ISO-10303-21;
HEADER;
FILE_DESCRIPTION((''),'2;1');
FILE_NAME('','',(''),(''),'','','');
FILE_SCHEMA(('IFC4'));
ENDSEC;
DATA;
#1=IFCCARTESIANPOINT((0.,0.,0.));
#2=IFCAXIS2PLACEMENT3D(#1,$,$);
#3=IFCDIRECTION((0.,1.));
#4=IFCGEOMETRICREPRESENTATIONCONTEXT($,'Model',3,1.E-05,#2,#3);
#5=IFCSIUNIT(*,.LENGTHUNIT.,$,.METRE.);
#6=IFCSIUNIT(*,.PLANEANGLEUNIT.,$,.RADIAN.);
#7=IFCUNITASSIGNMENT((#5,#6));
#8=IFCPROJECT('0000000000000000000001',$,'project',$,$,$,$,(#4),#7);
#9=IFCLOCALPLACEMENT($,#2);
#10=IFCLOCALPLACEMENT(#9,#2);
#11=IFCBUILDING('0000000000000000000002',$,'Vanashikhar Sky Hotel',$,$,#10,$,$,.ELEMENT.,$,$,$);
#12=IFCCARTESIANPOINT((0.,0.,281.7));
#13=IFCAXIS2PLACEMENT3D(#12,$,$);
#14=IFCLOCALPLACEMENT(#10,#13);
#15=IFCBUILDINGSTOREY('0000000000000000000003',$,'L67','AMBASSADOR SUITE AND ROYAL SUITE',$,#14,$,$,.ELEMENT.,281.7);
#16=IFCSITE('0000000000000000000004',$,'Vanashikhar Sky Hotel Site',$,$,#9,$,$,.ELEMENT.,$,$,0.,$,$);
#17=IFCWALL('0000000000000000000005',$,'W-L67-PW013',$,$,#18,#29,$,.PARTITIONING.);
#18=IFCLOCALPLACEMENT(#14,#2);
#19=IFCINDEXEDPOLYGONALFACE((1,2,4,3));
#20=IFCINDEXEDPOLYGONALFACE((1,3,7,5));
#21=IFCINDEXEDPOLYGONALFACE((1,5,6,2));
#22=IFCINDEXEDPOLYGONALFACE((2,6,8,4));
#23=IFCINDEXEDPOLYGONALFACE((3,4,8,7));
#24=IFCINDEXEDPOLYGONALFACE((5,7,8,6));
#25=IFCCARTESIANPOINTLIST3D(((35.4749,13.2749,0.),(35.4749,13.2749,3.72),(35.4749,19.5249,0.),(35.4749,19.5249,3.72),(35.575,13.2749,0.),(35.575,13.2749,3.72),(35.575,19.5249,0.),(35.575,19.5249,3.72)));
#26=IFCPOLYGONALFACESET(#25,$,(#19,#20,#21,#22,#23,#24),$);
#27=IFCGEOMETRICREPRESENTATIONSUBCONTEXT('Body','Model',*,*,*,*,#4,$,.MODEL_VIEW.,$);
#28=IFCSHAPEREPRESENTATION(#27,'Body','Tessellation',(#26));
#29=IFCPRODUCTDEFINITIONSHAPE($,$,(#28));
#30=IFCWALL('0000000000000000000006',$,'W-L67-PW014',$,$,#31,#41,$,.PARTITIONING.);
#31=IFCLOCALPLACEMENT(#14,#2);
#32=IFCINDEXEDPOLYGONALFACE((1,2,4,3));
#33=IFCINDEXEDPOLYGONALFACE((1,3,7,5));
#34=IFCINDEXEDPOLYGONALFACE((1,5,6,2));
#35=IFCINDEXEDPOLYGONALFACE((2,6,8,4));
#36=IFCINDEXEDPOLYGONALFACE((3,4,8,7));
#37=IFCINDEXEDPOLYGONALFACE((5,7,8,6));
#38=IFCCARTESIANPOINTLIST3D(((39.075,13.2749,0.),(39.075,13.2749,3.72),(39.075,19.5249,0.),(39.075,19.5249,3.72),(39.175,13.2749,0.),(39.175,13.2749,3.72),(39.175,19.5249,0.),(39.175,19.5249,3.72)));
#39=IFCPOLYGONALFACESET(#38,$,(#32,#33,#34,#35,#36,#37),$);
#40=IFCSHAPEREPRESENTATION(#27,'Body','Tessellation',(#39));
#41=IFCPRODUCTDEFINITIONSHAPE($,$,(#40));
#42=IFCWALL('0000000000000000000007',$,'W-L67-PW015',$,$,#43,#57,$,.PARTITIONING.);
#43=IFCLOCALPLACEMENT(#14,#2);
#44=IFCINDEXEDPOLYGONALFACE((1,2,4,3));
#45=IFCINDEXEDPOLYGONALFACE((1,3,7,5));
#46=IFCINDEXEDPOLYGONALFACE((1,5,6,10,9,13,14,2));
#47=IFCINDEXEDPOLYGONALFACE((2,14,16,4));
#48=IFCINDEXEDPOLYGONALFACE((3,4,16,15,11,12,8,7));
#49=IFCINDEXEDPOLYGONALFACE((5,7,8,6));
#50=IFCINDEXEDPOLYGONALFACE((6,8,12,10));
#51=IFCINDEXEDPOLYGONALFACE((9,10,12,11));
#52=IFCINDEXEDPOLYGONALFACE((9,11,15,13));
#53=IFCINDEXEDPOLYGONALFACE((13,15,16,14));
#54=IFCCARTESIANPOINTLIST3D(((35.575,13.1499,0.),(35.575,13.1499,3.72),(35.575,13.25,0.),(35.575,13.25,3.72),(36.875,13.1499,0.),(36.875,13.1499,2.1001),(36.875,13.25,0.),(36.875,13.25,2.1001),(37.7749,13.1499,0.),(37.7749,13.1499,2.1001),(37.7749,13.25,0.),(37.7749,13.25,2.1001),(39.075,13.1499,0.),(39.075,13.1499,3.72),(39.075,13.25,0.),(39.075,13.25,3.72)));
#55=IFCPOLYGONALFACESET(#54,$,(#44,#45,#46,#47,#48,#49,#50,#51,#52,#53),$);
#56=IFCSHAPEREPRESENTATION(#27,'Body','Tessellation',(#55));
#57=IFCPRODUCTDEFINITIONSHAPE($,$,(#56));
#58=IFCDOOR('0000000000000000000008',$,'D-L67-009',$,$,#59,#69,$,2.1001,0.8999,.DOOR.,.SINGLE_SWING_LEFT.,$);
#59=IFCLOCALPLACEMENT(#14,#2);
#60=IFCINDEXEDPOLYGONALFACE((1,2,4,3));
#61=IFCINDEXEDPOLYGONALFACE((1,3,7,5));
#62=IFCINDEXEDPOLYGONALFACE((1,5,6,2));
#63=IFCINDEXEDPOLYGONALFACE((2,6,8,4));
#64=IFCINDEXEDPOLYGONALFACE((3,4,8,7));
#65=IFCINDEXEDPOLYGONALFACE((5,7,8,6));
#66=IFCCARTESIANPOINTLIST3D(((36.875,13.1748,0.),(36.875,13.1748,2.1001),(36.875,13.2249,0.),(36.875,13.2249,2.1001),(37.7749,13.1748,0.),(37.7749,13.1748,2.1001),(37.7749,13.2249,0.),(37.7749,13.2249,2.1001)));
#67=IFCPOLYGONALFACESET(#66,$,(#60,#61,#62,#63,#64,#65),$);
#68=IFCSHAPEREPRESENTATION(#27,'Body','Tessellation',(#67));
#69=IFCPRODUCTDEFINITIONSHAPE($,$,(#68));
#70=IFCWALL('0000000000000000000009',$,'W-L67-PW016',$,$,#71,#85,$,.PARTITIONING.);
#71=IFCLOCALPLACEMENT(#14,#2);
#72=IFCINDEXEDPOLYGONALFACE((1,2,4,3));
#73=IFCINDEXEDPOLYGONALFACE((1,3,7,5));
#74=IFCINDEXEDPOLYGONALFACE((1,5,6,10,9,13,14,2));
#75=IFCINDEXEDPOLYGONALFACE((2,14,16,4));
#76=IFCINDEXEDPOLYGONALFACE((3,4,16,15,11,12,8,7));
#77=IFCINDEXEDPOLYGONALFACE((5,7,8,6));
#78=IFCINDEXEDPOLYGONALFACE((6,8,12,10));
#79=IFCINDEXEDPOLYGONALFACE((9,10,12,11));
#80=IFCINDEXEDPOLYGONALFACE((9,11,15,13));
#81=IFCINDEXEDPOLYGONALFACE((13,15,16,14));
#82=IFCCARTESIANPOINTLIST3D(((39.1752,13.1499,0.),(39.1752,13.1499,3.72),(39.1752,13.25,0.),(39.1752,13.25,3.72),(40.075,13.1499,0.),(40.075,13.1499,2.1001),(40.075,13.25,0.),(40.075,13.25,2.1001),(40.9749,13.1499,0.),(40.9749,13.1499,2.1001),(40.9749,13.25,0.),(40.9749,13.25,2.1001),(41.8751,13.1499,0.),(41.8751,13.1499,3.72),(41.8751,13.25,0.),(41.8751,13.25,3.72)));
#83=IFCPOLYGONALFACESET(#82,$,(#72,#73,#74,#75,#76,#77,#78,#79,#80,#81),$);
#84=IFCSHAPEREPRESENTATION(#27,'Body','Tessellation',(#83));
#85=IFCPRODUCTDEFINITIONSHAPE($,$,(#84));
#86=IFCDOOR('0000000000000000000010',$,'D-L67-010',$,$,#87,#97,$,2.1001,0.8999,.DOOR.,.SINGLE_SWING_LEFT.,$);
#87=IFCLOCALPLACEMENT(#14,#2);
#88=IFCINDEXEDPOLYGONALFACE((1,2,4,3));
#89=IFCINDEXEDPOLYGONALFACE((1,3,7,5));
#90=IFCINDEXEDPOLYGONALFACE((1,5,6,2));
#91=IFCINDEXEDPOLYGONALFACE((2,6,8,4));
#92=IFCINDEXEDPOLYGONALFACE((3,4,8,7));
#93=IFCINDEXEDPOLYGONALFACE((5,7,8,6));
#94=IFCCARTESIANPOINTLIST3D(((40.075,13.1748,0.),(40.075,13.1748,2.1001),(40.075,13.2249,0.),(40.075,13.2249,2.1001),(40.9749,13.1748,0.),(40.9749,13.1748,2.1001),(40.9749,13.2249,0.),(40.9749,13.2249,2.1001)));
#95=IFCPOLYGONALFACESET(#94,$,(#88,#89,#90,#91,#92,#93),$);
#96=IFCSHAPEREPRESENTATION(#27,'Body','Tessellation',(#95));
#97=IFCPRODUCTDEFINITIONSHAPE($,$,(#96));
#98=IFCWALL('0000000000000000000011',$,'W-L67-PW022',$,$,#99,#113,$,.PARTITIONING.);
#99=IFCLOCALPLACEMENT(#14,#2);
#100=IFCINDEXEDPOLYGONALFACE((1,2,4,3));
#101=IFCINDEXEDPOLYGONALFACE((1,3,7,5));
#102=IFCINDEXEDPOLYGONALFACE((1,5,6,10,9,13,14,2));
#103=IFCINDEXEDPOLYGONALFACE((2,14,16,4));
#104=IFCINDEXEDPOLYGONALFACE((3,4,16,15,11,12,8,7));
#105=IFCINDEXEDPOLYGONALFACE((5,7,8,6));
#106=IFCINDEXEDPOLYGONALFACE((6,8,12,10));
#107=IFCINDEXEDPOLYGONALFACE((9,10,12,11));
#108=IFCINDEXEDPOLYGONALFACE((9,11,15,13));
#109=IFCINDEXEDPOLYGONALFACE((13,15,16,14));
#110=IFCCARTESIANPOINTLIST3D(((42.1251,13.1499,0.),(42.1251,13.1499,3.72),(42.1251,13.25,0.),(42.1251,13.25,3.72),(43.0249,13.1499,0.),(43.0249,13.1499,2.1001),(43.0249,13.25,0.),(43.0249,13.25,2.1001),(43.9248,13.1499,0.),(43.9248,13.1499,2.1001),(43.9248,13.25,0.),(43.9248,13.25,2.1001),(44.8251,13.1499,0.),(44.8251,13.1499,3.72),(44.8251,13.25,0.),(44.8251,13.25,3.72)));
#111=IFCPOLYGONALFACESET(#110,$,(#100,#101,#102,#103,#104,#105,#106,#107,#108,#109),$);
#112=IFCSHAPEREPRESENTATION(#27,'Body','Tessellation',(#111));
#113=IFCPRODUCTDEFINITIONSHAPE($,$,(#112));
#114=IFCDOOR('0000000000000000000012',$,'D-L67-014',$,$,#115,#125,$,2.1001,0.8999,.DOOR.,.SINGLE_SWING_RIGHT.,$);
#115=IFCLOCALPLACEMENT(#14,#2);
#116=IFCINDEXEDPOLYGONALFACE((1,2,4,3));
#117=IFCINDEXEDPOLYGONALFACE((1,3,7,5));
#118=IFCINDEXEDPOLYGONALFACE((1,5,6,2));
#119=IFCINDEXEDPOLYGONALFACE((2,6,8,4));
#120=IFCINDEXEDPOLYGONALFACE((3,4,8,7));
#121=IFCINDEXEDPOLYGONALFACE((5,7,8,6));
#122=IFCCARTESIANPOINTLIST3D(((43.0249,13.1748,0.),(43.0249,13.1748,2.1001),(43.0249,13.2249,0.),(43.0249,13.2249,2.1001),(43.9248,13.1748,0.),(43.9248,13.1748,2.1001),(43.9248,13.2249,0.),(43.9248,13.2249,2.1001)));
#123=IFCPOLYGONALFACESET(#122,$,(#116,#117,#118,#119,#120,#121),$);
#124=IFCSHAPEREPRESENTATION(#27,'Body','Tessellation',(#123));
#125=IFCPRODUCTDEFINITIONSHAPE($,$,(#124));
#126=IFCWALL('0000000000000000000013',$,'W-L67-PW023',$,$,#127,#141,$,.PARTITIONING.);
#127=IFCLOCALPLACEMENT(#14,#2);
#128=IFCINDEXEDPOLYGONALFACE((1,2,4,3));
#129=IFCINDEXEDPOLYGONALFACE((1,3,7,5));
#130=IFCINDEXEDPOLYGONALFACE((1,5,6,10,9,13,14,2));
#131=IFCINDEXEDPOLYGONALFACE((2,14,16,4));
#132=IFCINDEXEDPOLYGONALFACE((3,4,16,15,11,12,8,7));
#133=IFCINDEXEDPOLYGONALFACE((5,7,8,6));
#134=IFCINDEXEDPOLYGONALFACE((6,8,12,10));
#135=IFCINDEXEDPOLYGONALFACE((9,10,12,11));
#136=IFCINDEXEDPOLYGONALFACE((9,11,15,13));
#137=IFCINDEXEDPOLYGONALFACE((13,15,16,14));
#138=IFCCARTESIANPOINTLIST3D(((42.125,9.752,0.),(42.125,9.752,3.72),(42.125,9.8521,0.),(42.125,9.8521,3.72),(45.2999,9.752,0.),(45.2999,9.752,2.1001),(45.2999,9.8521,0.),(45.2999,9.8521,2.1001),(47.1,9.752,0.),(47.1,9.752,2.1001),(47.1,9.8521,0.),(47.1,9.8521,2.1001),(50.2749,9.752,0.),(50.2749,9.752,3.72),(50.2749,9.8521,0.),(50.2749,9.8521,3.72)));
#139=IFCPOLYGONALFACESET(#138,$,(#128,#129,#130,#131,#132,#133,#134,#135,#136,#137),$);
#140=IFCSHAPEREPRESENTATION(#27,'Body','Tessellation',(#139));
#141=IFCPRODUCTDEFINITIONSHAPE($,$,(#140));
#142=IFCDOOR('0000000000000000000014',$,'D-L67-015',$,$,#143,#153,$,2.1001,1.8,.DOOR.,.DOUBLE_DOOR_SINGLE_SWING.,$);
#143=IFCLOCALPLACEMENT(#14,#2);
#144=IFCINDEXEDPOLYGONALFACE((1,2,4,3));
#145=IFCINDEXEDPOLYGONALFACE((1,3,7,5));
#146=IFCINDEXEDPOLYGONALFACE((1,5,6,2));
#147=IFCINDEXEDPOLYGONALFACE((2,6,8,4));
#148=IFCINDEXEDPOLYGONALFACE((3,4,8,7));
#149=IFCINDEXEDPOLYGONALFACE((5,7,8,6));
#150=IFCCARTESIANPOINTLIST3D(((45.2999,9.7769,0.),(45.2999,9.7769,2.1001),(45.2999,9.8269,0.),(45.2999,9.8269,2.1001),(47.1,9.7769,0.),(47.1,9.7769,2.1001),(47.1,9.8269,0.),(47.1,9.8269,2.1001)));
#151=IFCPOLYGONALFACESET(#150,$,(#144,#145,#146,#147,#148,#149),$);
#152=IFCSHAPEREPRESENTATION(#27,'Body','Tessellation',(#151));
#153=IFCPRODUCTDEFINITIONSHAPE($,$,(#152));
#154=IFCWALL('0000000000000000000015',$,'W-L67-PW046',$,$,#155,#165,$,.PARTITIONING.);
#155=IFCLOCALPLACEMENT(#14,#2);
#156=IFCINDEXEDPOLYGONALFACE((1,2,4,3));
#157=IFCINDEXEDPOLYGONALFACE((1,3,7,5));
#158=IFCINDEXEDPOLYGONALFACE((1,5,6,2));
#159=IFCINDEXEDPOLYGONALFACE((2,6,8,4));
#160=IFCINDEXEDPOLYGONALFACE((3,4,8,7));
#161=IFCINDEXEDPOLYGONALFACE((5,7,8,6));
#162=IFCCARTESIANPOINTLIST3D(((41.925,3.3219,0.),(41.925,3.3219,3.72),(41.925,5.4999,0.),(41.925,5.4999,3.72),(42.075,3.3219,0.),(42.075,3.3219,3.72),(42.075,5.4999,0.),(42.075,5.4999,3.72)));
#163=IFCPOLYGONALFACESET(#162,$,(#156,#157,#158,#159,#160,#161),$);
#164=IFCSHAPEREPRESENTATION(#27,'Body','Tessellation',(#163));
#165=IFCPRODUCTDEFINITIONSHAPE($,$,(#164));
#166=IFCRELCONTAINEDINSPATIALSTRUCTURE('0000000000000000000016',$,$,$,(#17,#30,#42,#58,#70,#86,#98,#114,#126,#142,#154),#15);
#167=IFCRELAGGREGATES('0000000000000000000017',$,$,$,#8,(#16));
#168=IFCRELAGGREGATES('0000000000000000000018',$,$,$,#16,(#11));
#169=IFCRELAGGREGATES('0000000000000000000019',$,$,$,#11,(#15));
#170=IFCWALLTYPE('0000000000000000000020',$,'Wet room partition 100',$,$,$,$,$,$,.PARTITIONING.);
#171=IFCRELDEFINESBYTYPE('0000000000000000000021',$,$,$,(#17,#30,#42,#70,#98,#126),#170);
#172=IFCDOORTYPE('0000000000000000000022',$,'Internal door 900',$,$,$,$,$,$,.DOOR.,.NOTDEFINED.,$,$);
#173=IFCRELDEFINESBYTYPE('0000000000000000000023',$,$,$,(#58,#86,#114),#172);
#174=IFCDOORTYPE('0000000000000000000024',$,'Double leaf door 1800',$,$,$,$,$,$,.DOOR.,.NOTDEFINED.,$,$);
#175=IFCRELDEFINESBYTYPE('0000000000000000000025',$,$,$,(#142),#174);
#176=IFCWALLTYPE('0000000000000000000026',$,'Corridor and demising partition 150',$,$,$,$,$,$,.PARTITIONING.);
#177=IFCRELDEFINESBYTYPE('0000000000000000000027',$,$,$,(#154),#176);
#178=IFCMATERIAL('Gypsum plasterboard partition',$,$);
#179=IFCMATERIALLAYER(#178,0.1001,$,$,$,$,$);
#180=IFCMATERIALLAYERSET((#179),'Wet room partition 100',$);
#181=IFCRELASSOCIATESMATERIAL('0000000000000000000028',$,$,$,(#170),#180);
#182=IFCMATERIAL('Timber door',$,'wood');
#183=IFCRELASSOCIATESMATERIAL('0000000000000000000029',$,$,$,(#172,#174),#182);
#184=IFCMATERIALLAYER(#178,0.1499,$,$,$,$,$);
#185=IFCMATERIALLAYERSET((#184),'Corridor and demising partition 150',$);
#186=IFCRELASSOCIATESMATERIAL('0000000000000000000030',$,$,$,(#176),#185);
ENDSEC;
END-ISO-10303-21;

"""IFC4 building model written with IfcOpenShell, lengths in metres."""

from ifc_helpers import new_model, si_unit, direction, frame, frame_2d, origin, place, context, subcontext, project, spatial, rectangle, extrude, source, transform, mapped, material, layer, layer_set, type_object, element, fill, save


model = new_model("IFC4")

# Units and contexts
model_context = context("Model", 3, precision=1e-05, world=origin(), true_north=direction((0.0, 1.0)))
body_context = subcontext(model_context, "Body", "Model", "MODEL_VIEW")
ifc_project = project(units=[si_unit("LENGTHUNIT", "METRE"), si_unit("PLANEANGLEUNIT", "RADIAN")], contexts=[model_context])

# Site, building, storey
site_placement = place(None, origin())
site = spatial("IfcSite", under=ifc_project, at=site_placement, Name="Vanashikhar Sky Hotel Site", CompositionType="ELEMENT", RefElevation=0.0)
building_placement = place(site_placement, origin())
building = spatial("IfcBuilding", under=site, at=building_placement, Name="Vanashikhar Sky Hotel", CompositionType="ELEMENT")
storey_placement = place(building_placement, frame((0.0, 0.0, 281.7)))
storey = spatial("IfcBuildingStorey", under=building, at=storey_placement, Name="L67", Description="AMBASSADOR SUITE AND ROYAL SUITE", CompositionType="ELEMENT", Elevation=281.7)

# Walls
ifc_material_1 = material(Name="Gypsum plasterboard partition")
ifc_layer_1 = layer(ifc_material_1, 0.1001)
ifc_layer_set_1 = layer_set([ifc_layer_1], Name="Wet room partition 100")
wall_type_1 = type_object("IfcWallType", Name="Wet room partition 100", PredefinedType="PARTITIONING", material=ifc_layer_set_1)
shared_shape_1 = source(origin(), body_context, "Body", "SweptSolid", [
    extrude(rectangle(XDim=6.25, YDim=0.1001, at=frame_2d((3.125, 0.0))), origin(), (0.0, 0.0, 1.0), 3.72),
])
for number, where, z_axis, x_axis, name in (
    (1, (35.5249, 13.2749, 0.0), (0.0, 0.0, 1.0), (0.0, 1.0, 0.0), "W-L67-PW013"),
    (2, (39.125, 13.2749, 0.0), (0.0, 0.0, 1.0), (0.0, 1.0, 0.0), "W-L67-PW014"),
):
    element("IfcWall", number, at=place(storey_placement, frame(where, z_axis=z_axis, x_axis=x_axis)), inside=storey, type_object=wall_type_1, Name=name, PredefinedType="PARTITIONING", context=body_context, shape_type="MappedRepresentation", body=[
        mapped(shared_shape_1, transform((0.0, 0.0, 0.0), scale=1.0)),
    ])

# Walls, openings, doors
shared_shape_2 = source(origin(), body_context, "Body", "SweptSolid", [
    extrude(rectangle(XDim=3.5, YDim=0.1001, at=frame_2d((1.75, 0.0))), origin(), (0.0, 0.0, 1.0), 3.72),
])
wall_1_placement = place(storey_placement, frame((35.575, 13.2, 0.0), z_axis=(0.0, 0.0, 1.0), x_axis=(1.0, 0.0, 0.0)))
wall_1 = element("IfcWall", 3, at=wall_1_placement, inside=storey, type_object=wall_type_1, Name="W-L67-PW015", PredefinedType="PARTITIONING", context=body_context, shape_type="MappedRepresentation", body=[
    mapped(shared_shape_2, transform((0.0, 0.0, 0.0), scale=1.0)),
])
shared_shape_3 = source(origin(), body_context, "Body", "SweptSolid", [
    extrude(rectangle(XDim=0.8999, YDim=2.1001, at=frame_2d((0.45, 1.05))), frame((0.0, 0.0601, 0.0), z_axis=(0.0, -1.0, 0.0), x_axis=(1.0, 0.0, 0.0)), (0.0, 0.0, 1.0), 0.1201),
])
opening_1_placement = place(wall_1_placement, frame((1.3, 0.0, 0.0)))
opening_1 = element("IfcOpeningElement", 4, at=opening_1_placement, cuts=wall_1, PredefinedType="OPENING", context=body_context, shape_type="MappedRepresentation", body=[
    mapped(shared_shape_3, transform((0.0, 0.0, 0.0), scale=1.0)),
])
ifc_material_2 = material(Name="Timber door", Category="wood")
door_type_1 = type_object("IfcDoorType", Name="Internal door 900", OperationType="NOTDEFINED", PredefinedType="DOOR", material=ifc_material_2)
shared_shape_4 = source(origin(), body_context, "Body", "SweptSolid", [
    extrude(rectangle(XDim=0.8999, YDim=2.1001, at=frame_2d((0.45, 1.05))), frame((0.0, 0.0249, 0.0), z_axis=(0.0, -1.0, 0.0), x_axis=(1.0, 0.0, 0.0)), (0.0, 0.0, 1.0), 0.05),
])
door_1_placement = place(opening_1_placement, origin())
door_1 = element("IfcDoor", 5, at=door_1_placement, inside=storey, type_object=door_type_1, Name="D-L67-009", OperationType="SINGLE_SWING_LEFT", OverallHeight=2.1001, OverallWidth=0.8999, PredefinedType="DOOR", context=body_context, shape_type="MappedRepresentation", body=[
    mapped(shared_shape_4, transform((0.0, 0.0, 0.0), scale=1.0)),
])
fill(opening_1, door_1)
shared_shape_5 = source(origin(), body_context, "Body", "SweptSolid", [
    extrude(rectangle(XDim=2.7, YDim=0.1001, at=frame_2d((1.3501, 0.0))), origin(), (0.0, 0.0, 1.0), 3.72),
])
wall_2_placement = place(storey_placement, frame((39.175, 13.2, 0.0), z_axis=(0.0, 0.0, 1.0), x_axis=(1.0, 0.0, 0.0)))
wall_2 = element("IfcWall", 6, at=wall_2_placement, inside=storey, type_object=wall_type_1, Name="W-L67-PW016", PredefinedType="PARTITIONING", context=body_context, shape_type="MappedRepresentation", body=[
    mapped(shared_shape_5, transform((0.0, 0.0, 0.0), scale=1.0)),
])
opening_2_placement = place(wall_2_placement, frame((0.8999, 0.0, 0.0)))
opening_2 = element("IfcOpeningElement", 7, at=opening_2_placement, cuts=wall_2, PredefinedType="OPENING", context=body_context, shape_type="MappedRepresentation", body=[
    mapped(shared_shape_3, transform((0.0, 0.0, 0.0), scale=1.0)),
])
door_2_placement = place(opening_2_placement, origin())
door_2 = element("IfcDoor", 8, at=door_2_placement, inside=storey, type_object=door_type_1, Name="D-L67-010", OperationType="SINGLE_SWING_LEFT", OverallHeight=2.1001, OverallWidth=0.8999, PredefinedType="DOOR", context=body_context, shape_type="MappedRepresentation", body=[
    mapped(shared_shape_4, transform((0.0, 0.0, 0.0), scale=1.0)),
])
fill(opening_2, door_2)
wall_3_placement = place(storey_placement, frame((42.125, 13.2, 0.0), z_axis=(0.0, 0.0, 1.0), x_axis=(1.0, 0.0, 0.0)))
wall_3 = element("IfcWall", 9, at=wall_3_placement, inside=storey, type_object=wall_type_1, Name="W-L67-PW022", PredefinedType="PARTITIONING", context=body_context, shape_type="MappedRepresentation", body=[
    mapped(shared_shape_5, transform((0.0, 0.0, 0.0), scale=1.0)),
])
opening_3_placement = place(wall_3_placement, frame((0.8999, 0.0, 0.0)))
opening_3 = element("IfcOpeningElement", 10, at=opening_3_placement, cuts=wall_3, PredefinedType="OPENING", context=body_context, shape_type="MappedRepresentation", body=[
    mapped(shared_shape_3, transform((0.0, 0.0, 0.0), scale=1.0)),
])
door_3_placement = place(opening_3_placement, origin())
door_3 = element("IfcDoor", 11, at=door_3_placement, inside=storey, type_object=door_type_1, Name="D-L67-014", OperationType="SINGLE_SWING_RIGHT", OverallHeight=2.1001, OverallWidth=0.8999, PredefinedType="DOOR", context=body_context, shape_type="MappedRepresentation", body=[
    mapped(shared_shape_4, transform((0.0, 0.0, 0.0), scale=1.0)),
])
fill(opening_3, door_3)
shared_shape_6 = source(origin(), body_context, "Body", "SweptSolid", [
    extrude(rectangle(XDim=8.1499, YDim=0.1001, at=frame_2d((4.075, 0.0))), origin(), (0.0, 0.0, 1.0), 3.72),
])
wall_4_placement = place(storey_placement, frame((42.125, 9.802, 0.0), z_axis=(0.0, 0.0, 1.0), x_axis=(1.0, 0.0, 0.0)))
wall_4 = element("IfcWall", 12, at=wall_4_placement, inside=storey, type_object=wall_type_1, Name="W-L67-PW023", PredefinedType="PARTITIONING", context=body_context, shape_type="MappedRepresentation", body=[
    mapped(shared_shape_6, transform((0.0, 0.0, 0.0), scale=1.0)),
])
shared_shape_7 = source(origin(), body_context, "Body", "SweptSolid", [
    extrude(rectangle(XDim=1.8, YDim=2.1001, at=frame_2d((0.8999, 1.05))), frame((0.0, 0.0601, 0.0), z_axis=(0.0, -1.0, 0.0), x_axis=(1.0, 0.0, 0.0)), (0.0, 0.0, 1.0), 0.1201),
])
opening_4_placement = place(wall_4_placement, frame((3.175, 0.0, 0.0)))
opening_4 = element("IfcOpeningElement", 13, at=opening_4_placement, cuts=wall_4, PredefinedType="OPENING", context=body_context, shape_type="MappedRepresentation", body=[
    mapped(shared_shape_7, transform((0.0, 0.0, 0.0), scale=1.0)),
])
door_type_2 = type_object("IfcDoorType", Name="Double leaf door 1800", OperationType="NOTDEFINED", PredefinedType="DOOR", material=ifc_material_2)
shared_shape_8 = source(origin(), body_context, "Body", "SweptSolid", [
    extrude(rectangle(XDim=1.8, YDim=2.1001, at=frame_2d((0.8999, 1.05))), frame((0.0, 0.0249, 0.0), z_axis=(0.0, -1.0, 0.0), x_axis=(1.0, 0.0, 0.0)), (0.0, 0.0, 1.0), 0.05),
])
door_4_placement = place(opening_4_placement, origin())
door_4 = element("IfcDoor", 14, at=door_4_placement, inside=storey, type_object=door_type_2, Name="D-L67-015", OperationType="DOUBLE_DOOR_SINGLE_SWING", OverallHeight=2.1001, OverallWidth=1.8, PredefinedType="DOOR", context=body_context, shape_type="MappedRepresentation", body=[
    mapped(shared_shape_8, transform((0.0, 0.0, 0.0), scale=1.0)),
])
fill(opening_4, door_4)

# Wall
ifc_layer_2 = layer(ifc_material_1, 0.1499)
ifc_layer_set_2 = layer_set([ifc_layer_2], Name="Corridor and demising partition 150")
wall_type_2 = type_object("IfcWallType", Name="Corridor and demising partition 150", PredefinedType="PARTITIONING", material=ifc_layer_set_2)
shared_shape_9 = source(origin(), body_context, "Body", "SweptSolid", [
    extrude(rectangle(XDim=2.178, YDim=0.1499, at=frame_2d((1.0889, 0.0))), origin(), (0.0, 0.0, 1.0), 3.72),
])
wall_5_placement = place(storey_placement, frame((42.0, 3.322, 0.0), z_axis=(0.0, 0.0, 1.0), x_axis=(0.0, 1.0, 0.0)))
element("IfcWall", 15, at=wall_5_placement, inside=storey, type_object=wall_type_2, Name="W-L67-PW046", PredefinedType="PARTITIONING", context=body_context, shape_type="MappedRepresentation", body=[
    mapped(shared_shape_9, transform((0.0, 0.0, 0.0), scale=1.0)),
])

save(model, "model.ifc")
